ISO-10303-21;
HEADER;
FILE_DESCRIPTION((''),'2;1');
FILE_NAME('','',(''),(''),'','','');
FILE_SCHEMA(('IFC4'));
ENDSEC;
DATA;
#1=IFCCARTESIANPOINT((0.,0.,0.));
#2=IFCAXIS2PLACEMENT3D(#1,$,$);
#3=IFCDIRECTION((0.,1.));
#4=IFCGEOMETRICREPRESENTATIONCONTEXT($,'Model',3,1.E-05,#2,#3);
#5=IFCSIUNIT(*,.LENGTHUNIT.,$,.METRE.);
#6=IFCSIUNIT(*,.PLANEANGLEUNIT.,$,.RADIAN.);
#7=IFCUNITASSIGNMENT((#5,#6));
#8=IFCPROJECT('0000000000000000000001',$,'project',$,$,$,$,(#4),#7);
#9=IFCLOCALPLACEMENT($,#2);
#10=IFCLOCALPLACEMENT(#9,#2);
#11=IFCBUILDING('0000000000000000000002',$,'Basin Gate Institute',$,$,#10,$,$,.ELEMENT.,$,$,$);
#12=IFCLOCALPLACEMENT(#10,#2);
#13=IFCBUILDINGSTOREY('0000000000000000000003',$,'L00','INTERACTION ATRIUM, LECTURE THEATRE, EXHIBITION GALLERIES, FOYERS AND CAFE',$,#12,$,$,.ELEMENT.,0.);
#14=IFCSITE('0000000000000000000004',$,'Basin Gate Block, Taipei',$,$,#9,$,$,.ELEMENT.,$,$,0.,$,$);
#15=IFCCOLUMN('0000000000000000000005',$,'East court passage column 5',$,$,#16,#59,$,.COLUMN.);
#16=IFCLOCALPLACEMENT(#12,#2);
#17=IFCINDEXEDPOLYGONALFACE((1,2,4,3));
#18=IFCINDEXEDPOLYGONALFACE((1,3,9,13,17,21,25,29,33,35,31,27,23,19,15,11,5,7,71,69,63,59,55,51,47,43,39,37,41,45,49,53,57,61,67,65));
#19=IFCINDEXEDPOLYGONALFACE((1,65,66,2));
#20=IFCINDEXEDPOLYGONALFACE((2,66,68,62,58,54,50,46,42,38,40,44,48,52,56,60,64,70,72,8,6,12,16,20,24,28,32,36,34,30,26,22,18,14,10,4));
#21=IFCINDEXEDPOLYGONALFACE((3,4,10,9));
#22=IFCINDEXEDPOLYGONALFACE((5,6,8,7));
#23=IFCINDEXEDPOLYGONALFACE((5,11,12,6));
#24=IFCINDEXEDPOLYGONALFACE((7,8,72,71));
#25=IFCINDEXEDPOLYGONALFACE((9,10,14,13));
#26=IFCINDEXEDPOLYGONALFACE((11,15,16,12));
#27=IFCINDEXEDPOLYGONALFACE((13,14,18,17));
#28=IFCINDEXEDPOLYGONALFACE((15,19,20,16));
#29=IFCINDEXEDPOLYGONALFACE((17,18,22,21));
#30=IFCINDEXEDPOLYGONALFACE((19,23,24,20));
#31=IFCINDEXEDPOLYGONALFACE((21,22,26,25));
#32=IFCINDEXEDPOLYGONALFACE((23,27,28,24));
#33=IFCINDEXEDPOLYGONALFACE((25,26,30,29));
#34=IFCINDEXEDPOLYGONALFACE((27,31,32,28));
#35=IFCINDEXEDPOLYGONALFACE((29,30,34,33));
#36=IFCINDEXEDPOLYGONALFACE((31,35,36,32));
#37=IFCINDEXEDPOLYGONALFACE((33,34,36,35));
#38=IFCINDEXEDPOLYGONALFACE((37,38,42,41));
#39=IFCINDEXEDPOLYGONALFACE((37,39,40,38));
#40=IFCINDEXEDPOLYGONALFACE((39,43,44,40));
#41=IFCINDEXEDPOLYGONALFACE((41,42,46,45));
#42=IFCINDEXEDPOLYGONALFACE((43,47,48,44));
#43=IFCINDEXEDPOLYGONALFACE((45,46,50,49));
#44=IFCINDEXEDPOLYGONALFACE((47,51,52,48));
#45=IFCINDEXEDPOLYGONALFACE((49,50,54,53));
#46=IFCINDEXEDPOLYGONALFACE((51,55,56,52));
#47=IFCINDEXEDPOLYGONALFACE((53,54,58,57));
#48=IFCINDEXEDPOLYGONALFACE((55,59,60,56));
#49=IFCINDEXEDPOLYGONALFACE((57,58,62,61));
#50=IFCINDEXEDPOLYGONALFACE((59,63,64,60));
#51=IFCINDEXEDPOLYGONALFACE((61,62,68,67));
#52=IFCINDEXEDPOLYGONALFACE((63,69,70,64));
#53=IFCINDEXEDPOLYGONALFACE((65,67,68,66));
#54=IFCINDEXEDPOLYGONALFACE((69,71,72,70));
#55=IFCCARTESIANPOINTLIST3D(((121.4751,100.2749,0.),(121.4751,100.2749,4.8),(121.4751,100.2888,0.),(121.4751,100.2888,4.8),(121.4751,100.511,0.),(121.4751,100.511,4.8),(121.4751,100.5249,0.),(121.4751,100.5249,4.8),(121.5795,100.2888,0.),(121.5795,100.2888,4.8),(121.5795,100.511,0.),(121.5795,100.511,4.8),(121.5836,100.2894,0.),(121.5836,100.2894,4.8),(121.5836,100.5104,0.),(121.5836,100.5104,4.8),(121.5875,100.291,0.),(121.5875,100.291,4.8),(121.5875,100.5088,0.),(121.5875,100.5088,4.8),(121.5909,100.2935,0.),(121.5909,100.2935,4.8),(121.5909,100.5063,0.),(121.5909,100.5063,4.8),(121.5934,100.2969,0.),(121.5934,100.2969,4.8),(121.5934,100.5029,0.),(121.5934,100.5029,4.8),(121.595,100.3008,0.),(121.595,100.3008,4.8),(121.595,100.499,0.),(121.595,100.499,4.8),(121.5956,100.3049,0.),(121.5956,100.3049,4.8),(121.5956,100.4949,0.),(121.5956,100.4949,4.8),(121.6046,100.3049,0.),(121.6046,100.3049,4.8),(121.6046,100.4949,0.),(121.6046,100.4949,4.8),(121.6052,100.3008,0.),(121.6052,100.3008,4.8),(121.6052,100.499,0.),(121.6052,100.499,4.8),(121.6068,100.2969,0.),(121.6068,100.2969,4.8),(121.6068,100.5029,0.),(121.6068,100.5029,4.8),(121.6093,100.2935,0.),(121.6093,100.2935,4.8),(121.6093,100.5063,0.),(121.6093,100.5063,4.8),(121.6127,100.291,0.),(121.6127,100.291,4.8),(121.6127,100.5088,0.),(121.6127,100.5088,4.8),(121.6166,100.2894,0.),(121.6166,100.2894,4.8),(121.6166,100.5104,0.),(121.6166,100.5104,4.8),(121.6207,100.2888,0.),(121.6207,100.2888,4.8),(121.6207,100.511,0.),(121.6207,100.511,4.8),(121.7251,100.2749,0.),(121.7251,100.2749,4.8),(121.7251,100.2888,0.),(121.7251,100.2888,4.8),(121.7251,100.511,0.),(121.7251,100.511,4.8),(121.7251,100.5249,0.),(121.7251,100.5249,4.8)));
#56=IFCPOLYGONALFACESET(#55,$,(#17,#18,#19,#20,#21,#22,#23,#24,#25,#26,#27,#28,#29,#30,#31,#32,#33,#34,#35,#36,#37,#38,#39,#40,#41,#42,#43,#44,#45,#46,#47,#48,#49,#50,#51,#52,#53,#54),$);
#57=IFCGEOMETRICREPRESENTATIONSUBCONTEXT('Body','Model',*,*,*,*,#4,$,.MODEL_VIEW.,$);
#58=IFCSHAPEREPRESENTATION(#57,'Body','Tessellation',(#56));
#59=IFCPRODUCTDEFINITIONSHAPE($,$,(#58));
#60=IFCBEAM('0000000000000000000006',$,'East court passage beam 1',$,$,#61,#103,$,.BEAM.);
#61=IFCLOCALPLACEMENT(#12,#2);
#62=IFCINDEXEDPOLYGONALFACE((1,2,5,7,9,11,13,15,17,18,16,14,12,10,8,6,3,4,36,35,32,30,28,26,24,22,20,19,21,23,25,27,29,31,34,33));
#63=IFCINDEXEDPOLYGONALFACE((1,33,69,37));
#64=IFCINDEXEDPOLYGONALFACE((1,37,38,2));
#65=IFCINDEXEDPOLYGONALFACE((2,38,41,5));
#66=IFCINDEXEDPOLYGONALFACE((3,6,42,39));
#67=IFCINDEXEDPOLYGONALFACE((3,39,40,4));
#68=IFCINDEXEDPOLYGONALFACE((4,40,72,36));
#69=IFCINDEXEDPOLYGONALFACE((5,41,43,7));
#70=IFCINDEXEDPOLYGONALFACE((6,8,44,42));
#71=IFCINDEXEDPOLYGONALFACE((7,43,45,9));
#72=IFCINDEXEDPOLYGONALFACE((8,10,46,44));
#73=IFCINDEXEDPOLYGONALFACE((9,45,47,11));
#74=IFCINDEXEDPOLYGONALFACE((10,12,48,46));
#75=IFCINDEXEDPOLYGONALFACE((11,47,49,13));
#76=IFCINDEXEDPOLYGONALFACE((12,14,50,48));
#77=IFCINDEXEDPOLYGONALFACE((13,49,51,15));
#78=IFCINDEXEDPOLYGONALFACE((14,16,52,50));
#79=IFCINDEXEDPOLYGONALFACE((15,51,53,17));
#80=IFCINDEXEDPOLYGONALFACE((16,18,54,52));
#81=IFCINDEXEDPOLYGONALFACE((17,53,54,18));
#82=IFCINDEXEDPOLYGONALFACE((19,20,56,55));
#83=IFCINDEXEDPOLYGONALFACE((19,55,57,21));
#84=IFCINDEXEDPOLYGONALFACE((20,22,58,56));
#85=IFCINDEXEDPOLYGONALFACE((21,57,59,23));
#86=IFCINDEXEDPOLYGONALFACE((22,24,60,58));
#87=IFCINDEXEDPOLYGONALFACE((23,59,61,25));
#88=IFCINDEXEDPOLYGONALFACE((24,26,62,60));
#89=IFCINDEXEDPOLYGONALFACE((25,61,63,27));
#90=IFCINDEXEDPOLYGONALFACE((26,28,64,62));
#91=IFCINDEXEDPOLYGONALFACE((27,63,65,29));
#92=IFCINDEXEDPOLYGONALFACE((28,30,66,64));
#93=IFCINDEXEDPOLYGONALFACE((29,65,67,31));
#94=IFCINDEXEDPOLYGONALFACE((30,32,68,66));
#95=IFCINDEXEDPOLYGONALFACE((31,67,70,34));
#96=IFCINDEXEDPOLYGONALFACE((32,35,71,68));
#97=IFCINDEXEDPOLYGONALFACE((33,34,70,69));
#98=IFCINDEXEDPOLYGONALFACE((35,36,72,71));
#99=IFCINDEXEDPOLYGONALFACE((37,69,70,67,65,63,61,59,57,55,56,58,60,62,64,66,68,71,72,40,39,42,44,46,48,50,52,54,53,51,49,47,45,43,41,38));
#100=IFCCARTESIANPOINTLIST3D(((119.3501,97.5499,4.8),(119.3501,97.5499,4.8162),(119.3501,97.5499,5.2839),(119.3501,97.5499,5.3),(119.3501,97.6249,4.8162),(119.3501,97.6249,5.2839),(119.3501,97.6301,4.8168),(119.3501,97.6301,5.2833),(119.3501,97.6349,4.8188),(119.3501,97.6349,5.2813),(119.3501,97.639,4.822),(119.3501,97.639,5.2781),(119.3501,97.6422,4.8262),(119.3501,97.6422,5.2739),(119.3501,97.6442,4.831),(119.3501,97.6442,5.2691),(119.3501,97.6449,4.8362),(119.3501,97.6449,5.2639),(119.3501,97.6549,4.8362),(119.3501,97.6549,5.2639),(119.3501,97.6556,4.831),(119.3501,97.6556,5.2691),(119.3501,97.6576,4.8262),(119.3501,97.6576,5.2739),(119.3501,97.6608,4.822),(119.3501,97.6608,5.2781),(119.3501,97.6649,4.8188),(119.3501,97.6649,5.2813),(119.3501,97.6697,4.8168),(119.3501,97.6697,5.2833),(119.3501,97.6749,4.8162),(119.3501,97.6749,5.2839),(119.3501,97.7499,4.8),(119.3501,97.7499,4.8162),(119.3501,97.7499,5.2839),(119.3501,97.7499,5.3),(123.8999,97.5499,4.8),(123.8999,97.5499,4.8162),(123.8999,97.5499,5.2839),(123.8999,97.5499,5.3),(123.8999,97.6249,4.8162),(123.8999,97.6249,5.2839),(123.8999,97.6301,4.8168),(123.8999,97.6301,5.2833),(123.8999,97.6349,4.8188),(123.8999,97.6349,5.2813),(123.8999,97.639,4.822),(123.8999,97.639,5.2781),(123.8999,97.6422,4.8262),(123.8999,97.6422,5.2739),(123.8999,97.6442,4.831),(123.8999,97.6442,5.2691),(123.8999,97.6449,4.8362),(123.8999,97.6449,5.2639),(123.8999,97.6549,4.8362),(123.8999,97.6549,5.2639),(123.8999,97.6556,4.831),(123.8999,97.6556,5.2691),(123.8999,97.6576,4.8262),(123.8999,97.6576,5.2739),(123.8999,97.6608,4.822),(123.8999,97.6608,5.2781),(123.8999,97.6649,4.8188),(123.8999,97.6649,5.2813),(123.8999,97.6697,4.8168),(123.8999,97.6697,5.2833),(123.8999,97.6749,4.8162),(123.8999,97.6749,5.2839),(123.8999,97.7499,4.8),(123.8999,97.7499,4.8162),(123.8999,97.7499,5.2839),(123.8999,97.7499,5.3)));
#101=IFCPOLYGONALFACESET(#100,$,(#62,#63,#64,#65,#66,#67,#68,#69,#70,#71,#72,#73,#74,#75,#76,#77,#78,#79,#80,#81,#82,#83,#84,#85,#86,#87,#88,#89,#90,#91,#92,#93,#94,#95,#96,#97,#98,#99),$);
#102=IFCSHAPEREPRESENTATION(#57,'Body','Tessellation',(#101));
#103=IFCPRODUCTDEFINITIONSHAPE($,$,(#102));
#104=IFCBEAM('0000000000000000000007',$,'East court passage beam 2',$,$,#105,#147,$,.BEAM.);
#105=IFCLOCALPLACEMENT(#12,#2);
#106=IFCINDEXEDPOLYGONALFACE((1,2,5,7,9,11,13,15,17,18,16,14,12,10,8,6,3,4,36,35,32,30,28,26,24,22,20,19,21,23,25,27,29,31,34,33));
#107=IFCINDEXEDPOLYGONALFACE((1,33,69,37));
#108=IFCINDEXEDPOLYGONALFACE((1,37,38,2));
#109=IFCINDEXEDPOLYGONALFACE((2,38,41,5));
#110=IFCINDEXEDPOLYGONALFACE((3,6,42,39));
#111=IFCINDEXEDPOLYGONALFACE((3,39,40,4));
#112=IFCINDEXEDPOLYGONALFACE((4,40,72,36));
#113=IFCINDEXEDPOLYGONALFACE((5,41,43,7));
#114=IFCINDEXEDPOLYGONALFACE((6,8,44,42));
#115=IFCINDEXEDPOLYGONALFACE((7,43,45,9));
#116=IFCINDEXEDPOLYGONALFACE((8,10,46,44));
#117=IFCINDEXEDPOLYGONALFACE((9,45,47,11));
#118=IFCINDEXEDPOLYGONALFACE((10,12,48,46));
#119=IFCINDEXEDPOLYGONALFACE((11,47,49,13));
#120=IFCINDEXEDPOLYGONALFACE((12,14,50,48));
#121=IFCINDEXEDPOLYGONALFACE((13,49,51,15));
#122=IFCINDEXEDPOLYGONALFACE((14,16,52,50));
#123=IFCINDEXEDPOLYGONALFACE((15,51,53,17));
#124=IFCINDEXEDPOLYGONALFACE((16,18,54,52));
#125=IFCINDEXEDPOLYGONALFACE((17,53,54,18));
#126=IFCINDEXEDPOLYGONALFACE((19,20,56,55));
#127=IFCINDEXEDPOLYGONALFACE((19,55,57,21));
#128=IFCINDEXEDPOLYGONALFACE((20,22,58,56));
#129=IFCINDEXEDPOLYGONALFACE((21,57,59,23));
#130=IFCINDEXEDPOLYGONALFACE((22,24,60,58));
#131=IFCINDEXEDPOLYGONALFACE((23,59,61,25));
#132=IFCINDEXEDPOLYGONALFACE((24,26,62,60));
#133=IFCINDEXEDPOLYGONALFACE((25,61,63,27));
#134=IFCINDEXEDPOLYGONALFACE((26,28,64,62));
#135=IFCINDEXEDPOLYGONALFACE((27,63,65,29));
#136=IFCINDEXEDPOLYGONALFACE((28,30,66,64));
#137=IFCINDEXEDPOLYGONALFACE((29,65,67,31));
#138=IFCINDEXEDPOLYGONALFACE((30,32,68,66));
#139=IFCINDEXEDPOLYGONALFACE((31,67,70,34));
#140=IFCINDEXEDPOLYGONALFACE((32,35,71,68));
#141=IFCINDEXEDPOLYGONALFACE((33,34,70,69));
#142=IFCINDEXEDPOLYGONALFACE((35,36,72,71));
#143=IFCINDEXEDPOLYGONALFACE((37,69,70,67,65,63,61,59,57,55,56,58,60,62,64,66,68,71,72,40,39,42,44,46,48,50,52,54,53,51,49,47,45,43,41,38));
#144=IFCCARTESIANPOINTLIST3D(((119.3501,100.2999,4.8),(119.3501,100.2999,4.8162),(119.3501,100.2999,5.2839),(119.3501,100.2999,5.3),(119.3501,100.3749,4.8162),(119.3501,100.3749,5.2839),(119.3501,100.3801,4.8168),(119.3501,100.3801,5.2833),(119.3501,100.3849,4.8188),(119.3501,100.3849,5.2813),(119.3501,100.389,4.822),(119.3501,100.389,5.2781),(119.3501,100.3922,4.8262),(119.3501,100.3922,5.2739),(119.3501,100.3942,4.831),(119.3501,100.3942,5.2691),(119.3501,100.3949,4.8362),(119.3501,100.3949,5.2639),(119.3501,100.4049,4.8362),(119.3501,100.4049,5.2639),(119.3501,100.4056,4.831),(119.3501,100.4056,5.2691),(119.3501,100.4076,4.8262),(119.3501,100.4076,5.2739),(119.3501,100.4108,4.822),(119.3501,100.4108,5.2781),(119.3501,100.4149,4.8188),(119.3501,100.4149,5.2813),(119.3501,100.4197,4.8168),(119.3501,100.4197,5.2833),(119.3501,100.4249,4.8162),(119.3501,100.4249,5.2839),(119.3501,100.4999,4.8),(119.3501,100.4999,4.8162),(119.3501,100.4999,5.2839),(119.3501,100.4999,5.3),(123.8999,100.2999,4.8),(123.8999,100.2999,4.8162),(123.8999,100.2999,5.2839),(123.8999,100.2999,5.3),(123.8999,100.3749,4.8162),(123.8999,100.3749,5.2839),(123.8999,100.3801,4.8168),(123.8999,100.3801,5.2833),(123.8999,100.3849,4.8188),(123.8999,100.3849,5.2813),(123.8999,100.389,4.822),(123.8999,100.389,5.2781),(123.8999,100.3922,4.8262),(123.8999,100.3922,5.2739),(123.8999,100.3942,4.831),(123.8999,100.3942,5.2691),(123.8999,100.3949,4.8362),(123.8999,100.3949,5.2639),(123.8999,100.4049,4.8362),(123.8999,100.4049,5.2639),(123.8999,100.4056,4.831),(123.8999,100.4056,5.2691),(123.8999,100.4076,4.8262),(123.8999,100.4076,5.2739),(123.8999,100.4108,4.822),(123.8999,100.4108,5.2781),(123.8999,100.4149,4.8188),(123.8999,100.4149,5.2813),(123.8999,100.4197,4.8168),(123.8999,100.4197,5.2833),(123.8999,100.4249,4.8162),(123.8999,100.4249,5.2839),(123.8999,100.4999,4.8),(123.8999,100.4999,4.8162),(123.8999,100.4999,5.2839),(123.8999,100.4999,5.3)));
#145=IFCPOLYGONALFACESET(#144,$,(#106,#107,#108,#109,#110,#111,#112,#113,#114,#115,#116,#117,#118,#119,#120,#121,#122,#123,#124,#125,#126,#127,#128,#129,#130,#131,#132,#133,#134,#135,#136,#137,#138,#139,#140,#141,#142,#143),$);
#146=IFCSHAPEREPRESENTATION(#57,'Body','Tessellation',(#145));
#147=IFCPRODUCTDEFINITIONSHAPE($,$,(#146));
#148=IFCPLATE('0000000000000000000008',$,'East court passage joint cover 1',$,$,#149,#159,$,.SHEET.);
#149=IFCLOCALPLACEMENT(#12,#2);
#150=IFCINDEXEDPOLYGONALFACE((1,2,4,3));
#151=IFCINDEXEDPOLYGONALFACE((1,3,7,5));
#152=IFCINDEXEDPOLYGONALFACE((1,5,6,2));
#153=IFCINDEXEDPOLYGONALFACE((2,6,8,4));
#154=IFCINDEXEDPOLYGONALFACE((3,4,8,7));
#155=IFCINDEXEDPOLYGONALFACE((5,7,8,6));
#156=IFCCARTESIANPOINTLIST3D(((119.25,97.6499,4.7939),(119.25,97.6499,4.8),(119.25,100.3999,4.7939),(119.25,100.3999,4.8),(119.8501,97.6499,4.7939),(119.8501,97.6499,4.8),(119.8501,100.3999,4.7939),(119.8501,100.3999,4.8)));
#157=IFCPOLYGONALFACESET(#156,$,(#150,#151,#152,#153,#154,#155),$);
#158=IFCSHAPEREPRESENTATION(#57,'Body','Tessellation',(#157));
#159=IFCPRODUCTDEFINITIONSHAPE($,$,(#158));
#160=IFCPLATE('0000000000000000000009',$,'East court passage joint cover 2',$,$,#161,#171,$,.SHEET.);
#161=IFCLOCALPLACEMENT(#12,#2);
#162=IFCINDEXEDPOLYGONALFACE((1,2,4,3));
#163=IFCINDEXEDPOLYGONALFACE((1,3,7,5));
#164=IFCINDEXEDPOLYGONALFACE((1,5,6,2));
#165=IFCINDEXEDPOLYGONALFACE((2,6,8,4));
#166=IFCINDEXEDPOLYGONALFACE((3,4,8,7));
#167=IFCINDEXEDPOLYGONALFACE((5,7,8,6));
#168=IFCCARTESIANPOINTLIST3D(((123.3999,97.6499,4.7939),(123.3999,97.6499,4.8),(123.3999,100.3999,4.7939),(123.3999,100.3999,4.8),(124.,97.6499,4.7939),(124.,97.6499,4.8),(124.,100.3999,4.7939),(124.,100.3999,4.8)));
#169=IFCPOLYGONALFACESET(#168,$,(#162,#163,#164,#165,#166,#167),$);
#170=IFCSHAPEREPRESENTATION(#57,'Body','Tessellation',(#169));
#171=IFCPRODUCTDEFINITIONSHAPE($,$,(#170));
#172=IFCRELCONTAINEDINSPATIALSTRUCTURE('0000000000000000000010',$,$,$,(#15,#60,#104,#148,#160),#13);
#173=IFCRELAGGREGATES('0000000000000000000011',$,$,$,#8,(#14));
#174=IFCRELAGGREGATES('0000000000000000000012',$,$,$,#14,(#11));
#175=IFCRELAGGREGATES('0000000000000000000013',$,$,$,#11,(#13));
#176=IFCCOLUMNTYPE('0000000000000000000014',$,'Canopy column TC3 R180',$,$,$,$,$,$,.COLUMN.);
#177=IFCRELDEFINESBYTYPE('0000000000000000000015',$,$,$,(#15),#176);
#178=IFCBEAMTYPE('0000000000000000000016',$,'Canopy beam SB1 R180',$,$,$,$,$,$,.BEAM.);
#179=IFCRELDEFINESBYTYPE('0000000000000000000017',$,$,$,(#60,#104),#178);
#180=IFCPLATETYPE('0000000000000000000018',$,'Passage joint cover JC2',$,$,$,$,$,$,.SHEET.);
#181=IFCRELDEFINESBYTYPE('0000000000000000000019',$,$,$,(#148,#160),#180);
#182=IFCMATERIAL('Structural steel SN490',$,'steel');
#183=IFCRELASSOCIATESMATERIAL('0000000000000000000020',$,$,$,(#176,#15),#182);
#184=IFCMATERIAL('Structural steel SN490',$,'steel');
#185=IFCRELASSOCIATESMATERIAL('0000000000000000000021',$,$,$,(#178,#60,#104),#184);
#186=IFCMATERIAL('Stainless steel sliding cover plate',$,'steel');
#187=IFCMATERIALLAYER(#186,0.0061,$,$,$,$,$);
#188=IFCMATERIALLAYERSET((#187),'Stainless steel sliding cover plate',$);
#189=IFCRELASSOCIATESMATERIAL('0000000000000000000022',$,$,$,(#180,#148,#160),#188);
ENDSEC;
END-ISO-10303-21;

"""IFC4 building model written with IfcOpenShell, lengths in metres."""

from ifc_helpers import new_model, si_unit, direction, frame, origin, origin_2d, place, context, subcontext, project, spatial, rectangle, i_section, extrude, material, layer, layer_set, material_profile, profile_set, type_object, element, save


model = new_model("IFC4")

# Units and contexts
model_context = context("Model", 3, precision=1e-05, world=origin(), true_north=direction((0.0, 1.0)))
body_context = subcontext(model_context, "Body", "Model", "MODEL_VIEW")
ifc_project = project(units=[si_unit("LENGTHUNIT", "METRE"), si_unit("PLANEANGLEUNIT", "RADIAN")], contexts=[model_context])

# Site, building, storey
site_placement = place(None, origin())
site = spatial("IfcSite", under=ifc_project, at=site_placement, Name="Basin Gate Block, Taipei", CompositionType="ELEMENT", RefElevation=0.0)
building_placement = place(site_placement, origin())
building = spatial("IfcBuilding", under=site, at=building_placement, Name="Basin Gate Institute", CompositionType="ELEMENT")
storey_placement = place(building_placement, origin())
storey = spatial("IfcBuildingStorey", under=building, at=storey_placement, Name="L00", Description="INTERACTION ATRIUM, LECTURE THEATRE, EXHIBITION GALLERIES, FOYERS AND CAFE", CompositionType="ELEMENT", Elevation=0.0)

# Column
ifc_material_1 = material(Name="Structural steel SN490", Category="steel")
ifc_material_profile_1 = material_profile(ifc_material_1, i_section(OverallWidth=0.25, OverallDepth=0.25, WebThickness=0.009, FlangeThickness=0.0139, FilletRadius=0.0161, at=origin_2d()), Name="H250x250")
ifc_profile_set_1 = profile_set([ifc_material_profile_1], Name="Structural steel SN490")
column_type = type_object("IfcColumnType", Name="Canopy column TC3 R180", PredefinedType="COLUMN", material=ifc_profile_set_1)
for number, where, z_axis, x_axis, name in (
    (1, (121.6001, 100.3999, 0.0), (0.0, 0.0, 1.0), (1.0, 0.0, 0.0), "East court passage column 5"),
):
    element("IfcColumn", number, at=place(storey_placement, frame(where, z_axis=z_axis, x_axis=x_axis)), inside=storey, type_object=column_type, material=ifc_profile_set_1, Name=name, PredefinedType="COLUMN", context=body_context, shape_type="SweptSolid", body=[
        extrude(i_section(OverallWidth=0.25, OverallDepth=0.25, WebThickness=0.009, FlangeThickness=0.0139, FilletRadius=0.0161, at=origin_2d()), origin(), (0.0, 0.0, 1.0), 4.8),
    ])

# Beams
ifc_material_2 = material(Name="Structural steel SN490", Category="steel")
ifc_material_profile_2 = material_profile(ifc_material_2, i_section(OverallWidth=0.2, OverallDepth=0.5, WebThickness=0.01, FlangeThickness=0.0161, FilletRadius=0.02, at=origin_2d()), Name="H500x200")
ifc_profile_set_2 = profile_set([ifc_material_profile_2], Name="Structural steel SN490")
beam_type = type_object("IfcBeamType", Name="Canopy beam SB1 R180", PredefinedType="BEAM", material=ifc_profile_set_2)
for number, where, z_axis, x_axis, name in (
    (2, (119.3501, 97.6499, 5.05), (1.0, 0.0, 0.0), (0.0, 1.0, 0.0), "East court passage beam 1"),
    (3, (119.3501, 100.3999, 5.05), (1.0, 0.0, 0.0), (0.0, 1.0, 0.0), "East court passage beam 2"),
):
    element("IfcBeam", number, at=place(storey_placement, frame(where, z_axis=z_axis, x_axis=x_axis)), inside=storey, type_object=beam_type, material=ifc_profile_set_2, Name=name, PredefinedType="BEAM", context=body_context, shape_type="SweptSolid", body=[
        extrude(i_section(OverallWidth=0.2, OverallDepth=0.5, WebThickness=0.01, FlangeThickness=0.0161, FilletRadius=0.02, at=origin_2d()), origin(), (0.0, 0.0, 1.0), 4.5498),
    ])

# Plates
ifc_material_3 = material(Name="Stainless steel sliding cover plate", Category="steel")
ifc_layer_1 = layer(ifc_material_3, 0.0061)
ifc_layer_set_1 = layer_set([ifc_layer_1], Name="Stainless steel sliding cover plate")
plate_type = type_object("IfcPlateType", Name="Passage joint cover JC2", PredefinedType="SHEET", material=ifc_layer_set_1)
for number, where, z_axis, x_axis, name in (
    (4, (119.55, 99.0249, 4.7939), (0.0, 0.0, 1.0), (1.0, 0.0, 0.0), "East court passage joint cover 1"),
    (5, (123.7, 99.0249, 4.7939), (0.0, 0.0, 1.0), (1.0, 0.0, 0.0), "East court passage joint cover 2"),
):
    element("IfcPlate", number, at=place(storey_placement, frame(where, z_axis=z_axis, x_axis=x_axis)), inside=storey, type_object=plate_type, material=ifc_layer_set_1, Name=name, PredefinedType="SHEET", context=body_context, shape_type="SweptSolid", body=[
        extrude(rectangle(XDim=0.6001, YDim=2.75, at=origin_2d()), origin(), (0.0, 0.0, 1.0), 0.0061),
    ])

save(model, "model.ifc")
